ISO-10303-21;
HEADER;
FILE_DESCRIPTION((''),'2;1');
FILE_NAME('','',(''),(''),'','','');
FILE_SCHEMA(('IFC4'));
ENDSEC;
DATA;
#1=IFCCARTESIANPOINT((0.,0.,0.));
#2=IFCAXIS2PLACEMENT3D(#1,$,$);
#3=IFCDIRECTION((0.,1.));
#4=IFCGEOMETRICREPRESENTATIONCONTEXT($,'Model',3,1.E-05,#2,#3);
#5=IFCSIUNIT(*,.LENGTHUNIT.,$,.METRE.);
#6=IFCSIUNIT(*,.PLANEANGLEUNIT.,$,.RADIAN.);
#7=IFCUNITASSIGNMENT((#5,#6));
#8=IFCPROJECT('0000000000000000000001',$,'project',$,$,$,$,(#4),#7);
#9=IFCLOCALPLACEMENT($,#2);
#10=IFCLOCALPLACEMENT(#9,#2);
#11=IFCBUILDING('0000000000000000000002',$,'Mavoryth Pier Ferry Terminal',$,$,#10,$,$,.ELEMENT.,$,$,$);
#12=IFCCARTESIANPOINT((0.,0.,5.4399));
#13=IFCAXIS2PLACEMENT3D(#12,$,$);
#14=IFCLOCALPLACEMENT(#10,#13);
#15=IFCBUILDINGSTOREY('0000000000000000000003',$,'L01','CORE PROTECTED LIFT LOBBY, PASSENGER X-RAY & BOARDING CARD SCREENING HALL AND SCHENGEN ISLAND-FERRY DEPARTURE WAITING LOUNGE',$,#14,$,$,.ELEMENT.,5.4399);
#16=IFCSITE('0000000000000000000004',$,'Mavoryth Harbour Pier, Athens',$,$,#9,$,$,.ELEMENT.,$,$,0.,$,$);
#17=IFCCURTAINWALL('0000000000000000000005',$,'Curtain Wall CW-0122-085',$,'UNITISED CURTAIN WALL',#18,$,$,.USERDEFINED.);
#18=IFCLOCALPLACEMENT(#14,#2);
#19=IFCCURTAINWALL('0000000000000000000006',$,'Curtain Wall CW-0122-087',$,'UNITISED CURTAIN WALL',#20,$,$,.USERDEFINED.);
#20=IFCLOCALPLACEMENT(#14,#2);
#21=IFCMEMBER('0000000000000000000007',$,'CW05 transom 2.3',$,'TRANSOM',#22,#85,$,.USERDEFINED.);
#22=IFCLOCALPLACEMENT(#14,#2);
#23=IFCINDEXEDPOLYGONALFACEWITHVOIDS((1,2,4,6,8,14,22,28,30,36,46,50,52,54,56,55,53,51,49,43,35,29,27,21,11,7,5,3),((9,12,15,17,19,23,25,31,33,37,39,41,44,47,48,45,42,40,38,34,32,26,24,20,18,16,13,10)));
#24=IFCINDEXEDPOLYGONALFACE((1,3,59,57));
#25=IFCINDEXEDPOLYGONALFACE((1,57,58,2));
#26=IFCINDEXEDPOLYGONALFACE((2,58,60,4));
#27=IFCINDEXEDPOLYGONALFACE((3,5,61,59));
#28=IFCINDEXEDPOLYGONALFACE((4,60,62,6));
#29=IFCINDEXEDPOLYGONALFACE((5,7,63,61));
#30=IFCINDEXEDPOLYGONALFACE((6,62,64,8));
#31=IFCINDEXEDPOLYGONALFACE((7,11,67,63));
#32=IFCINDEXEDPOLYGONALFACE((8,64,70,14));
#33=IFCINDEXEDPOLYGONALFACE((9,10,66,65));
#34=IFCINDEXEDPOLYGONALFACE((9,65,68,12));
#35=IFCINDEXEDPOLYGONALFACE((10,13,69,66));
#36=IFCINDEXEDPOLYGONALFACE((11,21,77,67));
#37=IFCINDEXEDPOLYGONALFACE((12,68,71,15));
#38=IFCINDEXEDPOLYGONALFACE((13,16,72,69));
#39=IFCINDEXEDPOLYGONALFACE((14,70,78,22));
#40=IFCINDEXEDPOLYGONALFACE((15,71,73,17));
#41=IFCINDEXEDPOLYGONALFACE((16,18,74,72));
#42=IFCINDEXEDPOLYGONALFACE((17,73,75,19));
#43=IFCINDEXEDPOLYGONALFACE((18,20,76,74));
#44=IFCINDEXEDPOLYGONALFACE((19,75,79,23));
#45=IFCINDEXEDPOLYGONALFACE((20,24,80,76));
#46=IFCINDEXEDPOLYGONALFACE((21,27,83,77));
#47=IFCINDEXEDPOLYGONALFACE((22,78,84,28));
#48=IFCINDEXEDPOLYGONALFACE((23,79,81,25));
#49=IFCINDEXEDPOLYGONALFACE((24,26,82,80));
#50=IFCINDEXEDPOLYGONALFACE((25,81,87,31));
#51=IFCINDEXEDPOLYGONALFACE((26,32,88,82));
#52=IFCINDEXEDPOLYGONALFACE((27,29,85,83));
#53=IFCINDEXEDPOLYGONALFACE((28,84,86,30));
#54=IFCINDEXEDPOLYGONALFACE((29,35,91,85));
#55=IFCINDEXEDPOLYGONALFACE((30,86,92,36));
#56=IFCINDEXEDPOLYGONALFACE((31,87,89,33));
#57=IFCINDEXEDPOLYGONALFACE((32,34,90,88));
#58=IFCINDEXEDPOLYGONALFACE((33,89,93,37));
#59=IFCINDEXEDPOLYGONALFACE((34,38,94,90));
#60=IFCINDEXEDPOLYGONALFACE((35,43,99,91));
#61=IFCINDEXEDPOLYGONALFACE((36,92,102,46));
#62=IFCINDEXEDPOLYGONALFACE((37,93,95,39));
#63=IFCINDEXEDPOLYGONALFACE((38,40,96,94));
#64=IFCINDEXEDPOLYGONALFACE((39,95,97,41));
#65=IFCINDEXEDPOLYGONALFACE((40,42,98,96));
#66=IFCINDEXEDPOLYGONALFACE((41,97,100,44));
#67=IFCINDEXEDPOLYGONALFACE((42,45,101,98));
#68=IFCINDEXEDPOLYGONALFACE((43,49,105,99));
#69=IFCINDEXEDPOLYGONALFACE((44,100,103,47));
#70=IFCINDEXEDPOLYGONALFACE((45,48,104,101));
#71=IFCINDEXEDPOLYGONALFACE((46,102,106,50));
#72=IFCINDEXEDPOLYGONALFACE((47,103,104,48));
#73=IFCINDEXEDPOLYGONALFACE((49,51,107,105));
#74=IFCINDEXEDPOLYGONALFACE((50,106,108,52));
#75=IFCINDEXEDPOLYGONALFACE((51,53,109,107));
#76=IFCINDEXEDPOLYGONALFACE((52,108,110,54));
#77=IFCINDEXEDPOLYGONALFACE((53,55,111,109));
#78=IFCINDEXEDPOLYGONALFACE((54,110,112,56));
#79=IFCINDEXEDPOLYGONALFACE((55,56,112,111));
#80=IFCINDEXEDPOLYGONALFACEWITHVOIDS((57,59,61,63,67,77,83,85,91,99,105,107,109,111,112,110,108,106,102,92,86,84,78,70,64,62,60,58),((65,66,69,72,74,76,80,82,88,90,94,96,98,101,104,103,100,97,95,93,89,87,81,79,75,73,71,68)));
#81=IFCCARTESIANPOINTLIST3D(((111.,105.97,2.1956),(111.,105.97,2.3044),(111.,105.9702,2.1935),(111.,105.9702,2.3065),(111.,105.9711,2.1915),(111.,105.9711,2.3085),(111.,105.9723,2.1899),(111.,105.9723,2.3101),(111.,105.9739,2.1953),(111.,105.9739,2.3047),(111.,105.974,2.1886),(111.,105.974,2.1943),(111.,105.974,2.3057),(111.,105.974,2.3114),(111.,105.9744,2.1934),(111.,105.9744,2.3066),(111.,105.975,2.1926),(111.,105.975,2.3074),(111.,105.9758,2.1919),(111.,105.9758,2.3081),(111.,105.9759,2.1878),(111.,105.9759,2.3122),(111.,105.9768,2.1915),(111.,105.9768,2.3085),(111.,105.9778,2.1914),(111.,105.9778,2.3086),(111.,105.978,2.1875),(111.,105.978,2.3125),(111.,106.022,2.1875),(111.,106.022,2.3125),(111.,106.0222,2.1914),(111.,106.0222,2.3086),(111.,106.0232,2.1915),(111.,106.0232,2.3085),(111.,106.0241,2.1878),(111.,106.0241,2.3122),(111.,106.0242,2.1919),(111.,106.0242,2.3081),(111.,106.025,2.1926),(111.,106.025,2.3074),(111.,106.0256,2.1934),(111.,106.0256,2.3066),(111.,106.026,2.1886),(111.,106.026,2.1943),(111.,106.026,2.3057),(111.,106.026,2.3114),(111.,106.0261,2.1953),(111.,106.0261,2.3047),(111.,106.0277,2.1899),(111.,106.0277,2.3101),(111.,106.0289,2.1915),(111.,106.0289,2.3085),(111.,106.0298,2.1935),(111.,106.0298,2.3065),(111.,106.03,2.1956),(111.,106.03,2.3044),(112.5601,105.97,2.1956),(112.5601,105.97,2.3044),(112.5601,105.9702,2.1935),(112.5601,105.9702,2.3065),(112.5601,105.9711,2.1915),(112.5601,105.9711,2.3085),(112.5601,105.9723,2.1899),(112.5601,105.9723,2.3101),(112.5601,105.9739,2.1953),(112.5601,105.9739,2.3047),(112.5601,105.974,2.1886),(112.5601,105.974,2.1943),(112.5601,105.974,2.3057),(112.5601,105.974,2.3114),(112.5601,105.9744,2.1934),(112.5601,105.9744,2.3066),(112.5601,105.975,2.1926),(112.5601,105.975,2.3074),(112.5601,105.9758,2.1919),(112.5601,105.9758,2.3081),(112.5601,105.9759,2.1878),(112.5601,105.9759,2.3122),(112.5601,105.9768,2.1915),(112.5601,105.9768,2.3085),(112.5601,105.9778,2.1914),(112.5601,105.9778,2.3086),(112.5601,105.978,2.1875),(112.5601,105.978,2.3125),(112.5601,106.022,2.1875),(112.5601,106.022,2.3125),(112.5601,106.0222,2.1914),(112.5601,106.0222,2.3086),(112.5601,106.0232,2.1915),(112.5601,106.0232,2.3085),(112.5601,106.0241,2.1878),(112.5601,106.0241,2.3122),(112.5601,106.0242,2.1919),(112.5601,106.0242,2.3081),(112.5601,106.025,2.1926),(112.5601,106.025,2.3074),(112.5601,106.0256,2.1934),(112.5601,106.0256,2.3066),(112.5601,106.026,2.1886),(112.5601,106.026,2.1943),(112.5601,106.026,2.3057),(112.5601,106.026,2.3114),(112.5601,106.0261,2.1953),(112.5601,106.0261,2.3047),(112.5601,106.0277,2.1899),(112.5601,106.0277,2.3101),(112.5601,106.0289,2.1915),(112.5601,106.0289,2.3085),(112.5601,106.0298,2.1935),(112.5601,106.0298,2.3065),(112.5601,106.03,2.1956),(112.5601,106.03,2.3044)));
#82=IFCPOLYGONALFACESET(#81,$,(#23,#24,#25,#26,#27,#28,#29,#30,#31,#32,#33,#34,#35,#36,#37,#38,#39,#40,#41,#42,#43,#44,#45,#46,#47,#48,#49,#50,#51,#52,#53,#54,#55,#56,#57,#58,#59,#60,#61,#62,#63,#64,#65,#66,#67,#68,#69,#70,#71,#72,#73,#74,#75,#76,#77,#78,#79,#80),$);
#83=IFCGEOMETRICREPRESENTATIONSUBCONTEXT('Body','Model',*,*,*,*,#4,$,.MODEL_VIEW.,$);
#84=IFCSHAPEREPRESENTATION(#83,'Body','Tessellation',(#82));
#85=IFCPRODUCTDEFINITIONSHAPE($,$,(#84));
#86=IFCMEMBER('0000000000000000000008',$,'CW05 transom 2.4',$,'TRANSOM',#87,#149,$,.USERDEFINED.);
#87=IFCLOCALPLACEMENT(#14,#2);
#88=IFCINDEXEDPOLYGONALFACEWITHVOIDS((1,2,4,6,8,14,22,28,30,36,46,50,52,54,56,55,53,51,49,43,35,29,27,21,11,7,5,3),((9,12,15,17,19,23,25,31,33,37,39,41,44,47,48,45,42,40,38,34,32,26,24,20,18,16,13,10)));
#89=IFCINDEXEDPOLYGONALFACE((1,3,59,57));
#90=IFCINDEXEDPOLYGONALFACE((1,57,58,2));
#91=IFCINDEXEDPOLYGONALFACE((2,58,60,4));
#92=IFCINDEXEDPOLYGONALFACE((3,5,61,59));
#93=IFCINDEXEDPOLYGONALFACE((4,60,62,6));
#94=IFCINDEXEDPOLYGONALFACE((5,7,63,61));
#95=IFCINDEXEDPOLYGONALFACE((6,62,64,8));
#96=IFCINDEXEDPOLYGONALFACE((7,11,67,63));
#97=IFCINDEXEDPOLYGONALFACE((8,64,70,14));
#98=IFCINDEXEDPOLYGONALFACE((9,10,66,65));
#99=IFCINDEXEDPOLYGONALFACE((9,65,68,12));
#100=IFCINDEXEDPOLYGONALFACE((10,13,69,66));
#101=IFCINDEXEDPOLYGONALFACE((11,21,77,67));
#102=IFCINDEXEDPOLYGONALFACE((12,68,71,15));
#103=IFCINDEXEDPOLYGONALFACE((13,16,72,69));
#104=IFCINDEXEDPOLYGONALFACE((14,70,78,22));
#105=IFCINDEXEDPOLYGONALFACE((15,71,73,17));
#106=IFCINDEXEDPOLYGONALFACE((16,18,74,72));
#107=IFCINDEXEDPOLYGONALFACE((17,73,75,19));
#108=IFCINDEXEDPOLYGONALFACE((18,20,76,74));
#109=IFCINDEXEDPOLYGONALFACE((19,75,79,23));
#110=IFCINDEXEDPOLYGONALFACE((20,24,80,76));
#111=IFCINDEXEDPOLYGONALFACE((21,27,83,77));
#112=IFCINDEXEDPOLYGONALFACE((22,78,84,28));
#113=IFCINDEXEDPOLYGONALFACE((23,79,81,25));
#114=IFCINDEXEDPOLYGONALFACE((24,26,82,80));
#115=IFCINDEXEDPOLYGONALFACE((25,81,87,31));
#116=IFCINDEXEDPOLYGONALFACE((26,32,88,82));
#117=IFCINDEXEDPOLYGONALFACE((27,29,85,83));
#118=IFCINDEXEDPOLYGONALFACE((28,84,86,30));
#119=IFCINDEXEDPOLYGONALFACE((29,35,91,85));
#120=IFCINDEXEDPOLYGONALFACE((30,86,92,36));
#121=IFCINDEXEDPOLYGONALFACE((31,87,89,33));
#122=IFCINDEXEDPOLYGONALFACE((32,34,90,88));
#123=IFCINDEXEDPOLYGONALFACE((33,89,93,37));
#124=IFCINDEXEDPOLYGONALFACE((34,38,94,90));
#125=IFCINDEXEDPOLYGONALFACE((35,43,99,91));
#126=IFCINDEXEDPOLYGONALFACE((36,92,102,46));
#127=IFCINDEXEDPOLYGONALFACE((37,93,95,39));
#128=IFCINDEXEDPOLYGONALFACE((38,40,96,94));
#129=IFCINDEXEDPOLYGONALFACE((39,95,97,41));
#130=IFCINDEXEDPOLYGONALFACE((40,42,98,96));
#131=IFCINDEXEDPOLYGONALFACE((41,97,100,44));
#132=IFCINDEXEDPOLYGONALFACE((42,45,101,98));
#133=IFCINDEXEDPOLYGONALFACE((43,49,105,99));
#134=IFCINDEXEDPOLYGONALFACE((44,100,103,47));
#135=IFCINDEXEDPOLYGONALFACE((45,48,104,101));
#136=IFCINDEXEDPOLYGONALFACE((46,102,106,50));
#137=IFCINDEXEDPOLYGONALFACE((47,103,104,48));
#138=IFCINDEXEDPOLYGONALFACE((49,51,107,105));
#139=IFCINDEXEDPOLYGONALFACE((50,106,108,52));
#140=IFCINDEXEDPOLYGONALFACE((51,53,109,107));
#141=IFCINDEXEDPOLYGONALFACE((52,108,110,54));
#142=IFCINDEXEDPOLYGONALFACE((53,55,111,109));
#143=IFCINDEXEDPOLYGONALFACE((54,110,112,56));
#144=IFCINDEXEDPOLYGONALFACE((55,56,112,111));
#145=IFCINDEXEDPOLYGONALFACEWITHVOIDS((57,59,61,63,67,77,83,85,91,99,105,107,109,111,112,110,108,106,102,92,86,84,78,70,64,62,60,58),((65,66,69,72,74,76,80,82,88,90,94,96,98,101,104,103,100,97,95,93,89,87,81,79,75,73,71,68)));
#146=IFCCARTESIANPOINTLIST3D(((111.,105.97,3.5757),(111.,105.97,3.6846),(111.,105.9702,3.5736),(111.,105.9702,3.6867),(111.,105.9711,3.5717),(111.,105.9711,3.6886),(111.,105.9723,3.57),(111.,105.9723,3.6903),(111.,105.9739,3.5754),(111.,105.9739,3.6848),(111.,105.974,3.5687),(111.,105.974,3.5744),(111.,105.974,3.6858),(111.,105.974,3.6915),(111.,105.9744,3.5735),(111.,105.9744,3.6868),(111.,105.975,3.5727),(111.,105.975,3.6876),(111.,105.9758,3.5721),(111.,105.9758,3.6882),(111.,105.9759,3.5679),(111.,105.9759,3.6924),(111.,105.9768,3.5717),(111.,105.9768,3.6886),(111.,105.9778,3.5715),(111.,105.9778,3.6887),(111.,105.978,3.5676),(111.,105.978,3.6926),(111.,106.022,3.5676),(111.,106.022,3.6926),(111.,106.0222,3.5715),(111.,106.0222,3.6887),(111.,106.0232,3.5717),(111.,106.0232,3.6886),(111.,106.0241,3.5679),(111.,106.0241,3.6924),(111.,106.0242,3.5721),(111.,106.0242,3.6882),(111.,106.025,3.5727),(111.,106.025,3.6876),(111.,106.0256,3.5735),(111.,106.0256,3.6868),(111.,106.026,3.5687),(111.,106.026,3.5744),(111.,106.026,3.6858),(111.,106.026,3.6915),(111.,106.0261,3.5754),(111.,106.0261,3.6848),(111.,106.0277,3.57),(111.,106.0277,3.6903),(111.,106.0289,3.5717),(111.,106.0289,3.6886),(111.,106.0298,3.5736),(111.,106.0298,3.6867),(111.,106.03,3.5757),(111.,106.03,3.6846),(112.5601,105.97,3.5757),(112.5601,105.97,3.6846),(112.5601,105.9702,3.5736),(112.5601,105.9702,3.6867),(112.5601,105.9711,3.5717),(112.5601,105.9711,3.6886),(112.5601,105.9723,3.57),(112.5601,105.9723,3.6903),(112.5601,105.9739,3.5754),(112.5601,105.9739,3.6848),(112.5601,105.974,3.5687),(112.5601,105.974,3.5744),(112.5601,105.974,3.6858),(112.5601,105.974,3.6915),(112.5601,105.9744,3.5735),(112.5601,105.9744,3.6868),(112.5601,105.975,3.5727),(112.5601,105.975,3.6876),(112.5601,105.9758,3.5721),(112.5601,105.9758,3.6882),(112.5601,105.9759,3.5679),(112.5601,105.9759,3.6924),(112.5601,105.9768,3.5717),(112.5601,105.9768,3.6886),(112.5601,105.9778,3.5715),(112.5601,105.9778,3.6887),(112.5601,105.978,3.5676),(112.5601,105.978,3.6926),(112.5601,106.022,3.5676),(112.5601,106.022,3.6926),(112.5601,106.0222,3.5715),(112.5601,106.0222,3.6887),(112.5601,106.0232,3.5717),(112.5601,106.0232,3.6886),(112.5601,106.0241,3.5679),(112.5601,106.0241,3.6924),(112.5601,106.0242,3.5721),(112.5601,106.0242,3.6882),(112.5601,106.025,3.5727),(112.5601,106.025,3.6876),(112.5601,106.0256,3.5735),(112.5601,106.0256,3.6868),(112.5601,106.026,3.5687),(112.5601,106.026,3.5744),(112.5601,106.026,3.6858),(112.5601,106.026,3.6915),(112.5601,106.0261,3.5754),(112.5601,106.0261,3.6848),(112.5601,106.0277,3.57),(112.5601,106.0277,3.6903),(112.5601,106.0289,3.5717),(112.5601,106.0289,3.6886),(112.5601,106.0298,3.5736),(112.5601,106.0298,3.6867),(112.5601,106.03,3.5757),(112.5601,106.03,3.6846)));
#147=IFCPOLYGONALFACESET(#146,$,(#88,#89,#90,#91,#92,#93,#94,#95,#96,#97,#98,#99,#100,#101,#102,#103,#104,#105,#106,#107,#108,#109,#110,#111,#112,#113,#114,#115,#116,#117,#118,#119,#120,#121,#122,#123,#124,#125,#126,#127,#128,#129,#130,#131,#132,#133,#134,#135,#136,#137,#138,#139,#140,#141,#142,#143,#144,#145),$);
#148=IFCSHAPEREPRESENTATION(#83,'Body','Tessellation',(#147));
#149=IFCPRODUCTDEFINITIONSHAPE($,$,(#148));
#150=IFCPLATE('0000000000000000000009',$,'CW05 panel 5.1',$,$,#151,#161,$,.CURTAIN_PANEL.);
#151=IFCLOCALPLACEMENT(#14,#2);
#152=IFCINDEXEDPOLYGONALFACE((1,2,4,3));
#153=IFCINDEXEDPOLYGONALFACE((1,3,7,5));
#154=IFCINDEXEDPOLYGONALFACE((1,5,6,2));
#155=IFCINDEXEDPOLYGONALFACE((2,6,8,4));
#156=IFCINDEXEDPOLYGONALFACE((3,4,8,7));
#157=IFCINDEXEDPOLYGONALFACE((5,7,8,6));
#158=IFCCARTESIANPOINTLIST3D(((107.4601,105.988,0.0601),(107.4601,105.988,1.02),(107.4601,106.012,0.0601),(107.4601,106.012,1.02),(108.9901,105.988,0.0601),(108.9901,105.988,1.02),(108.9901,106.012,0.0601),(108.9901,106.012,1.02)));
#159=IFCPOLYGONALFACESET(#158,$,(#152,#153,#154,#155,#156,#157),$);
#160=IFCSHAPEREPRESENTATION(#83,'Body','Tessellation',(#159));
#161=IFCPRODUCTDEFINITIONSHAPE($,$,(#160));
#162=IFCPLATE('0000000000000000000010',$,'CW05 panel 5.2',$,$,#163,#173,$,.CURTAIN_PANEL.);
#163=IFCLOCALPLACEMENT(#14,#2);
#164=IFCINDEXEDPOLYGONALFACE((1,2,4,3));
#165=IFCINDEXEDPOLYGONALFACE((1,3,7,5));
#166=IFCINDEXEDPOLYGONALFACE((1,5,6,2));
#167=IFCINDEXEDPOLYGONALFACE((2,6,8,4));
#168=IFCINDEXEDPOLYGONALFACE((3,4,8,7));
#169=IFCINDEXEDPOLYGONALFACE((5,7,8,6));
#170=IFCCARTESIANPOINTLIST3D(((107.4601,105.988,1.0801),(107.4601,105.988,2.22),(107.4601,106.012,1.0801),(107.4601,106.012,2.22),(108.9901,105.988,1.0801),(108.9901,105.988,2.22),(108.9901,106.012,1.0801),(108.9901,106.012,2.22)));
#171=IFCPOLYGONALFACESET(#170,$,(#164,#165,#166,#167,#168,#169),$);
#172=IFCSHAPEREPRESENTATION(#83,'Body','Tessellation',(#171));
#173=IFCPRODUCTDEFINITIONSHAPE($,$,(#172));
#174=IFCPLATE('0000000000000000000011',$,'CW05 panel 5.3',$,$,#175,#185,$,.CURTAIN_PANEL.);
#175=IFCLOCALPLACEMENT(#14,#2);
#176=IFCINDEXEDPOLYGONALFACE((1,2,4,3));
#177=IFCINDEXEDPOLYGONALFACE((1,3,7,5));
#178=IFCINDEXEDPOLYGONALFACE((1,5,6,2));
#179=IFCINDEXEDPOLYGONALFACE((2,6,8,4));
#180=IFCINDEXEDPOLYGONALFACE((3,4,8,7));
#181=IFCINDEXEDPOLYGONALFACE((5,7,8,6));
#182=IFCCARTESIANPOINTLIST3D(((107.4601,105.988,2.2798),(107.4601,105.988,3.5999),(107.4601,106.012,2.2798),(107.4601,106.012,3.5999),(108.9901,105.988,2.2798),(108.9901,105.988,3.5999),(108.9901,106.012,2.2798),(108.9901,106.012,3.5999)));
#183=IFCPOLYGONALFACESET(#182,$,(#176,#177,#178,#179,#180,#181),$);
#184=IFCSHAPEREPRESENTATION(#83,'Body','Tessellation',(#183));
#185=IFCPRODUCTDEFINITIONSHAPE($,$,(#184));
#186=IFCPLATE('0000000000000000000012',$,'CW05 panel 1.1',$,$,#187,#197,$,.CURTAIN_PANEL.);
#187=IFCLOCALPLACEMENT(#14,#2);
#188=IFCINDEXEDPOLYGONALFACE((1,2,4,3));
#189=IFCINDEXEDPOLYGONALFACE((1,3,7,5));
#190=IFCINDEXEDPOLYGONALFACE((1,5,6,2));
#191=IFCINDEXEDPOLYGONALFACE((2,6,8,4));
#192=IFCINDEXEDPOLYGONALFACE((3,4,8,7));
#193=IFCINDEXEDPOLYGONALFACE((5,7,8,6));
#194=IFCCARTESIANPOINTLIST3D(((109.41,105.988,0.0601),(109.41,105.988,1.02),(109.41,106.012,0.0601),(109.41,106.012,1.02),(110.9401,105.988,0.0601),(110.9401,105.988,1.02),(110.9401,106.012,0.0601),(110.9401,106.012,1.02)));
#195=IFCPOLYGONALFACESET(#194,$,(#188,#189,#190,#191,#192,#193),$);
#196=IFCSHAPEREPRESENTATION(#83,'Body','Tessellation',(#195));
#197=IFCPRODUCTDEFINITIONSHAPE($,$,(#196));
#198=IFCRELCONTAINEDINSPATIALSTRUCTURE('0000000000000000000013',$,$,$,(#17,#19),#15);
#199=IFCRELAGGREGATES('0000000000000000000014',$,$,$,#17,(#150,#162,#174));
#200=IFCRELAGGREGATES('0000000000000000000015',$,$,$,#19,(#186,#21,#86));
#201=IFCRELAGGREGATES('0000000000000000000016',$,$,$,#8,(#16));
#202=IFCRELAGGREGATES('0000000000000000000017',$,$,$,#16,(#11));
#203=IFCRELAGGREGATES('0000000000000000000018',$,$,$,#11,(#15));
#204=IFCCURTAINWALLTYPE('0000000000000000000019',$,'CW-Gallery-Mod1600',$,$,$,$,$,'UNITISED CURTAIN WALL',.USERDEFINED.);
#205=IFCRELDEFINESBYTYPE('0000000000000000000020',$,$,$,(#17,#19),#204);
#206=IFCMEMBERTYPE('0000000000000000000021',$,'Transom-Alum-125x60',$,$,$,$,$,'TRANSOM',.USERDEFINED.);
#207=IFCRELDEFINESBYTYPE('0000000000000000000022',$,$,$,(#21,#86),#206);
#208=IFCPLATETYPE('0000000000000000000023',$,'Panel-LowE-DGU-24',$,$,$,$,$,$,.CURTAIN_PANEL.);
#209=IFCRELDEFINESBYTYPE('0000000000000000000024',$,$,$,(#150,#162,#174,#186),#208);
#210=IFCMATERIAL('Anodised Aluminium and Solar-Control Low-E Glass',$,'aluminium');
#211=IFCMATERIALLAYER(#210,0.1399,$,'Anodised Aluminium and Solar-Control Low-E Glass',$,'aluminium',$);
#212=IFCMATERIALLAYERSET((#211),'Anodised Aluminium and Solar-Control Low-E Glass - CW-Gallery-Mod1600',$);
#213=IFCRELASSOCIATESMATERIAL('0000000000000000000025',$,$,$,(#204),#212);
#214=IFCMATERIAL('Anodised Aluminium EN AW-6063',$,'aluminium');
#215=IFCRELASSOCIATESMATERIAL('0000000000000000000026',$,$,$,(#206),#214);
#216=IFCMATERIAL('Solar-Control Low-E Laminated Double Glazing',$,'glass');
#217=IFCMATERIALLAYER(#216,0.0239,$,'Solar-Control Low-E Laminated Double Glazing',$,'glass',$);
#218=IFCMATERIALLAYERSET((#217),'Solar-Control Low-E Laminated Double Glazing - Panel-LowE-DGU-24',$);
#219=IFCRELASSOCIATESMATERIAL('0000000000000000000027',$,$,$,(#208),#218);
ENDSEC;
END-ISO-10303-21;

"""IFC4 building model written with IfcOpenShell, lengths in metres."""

from ifc_helpers import new_model, si_unit, direction, frame, origin, origin_2d, place, context, subcontext, project, spatial, rectangle, hollow_rectangle, extrude, material, layer, layer_set, material_profile, profile_set, type_object, element, aggregate, save


model = new_model("IFC4")

# Units and contexts
model_context = context("Model", 3, precision=1e-05, world=origin(), true_north=direction((0.0, 1.0)))
body_context = subcontext(model_context, "Body", "Model", "MODEL_VIEW")
ifc_project = project(units=[si_unit("LENGTHUNIT", "METRE"), si_unit("PLANEANGLEUNIT", "RADIAN")], contexts=[model_context])

# Site, building, storey
site_placement = place(None, origin())
site = spatial("IfcSite", under=ifc_project, at=site_placement, Name="Mavoryth Harbour Pier, Athens", CompositionType="ELEMENT", RefElevation=0.0)
building_placement = place(site_placement, origin())
building = spatial("IfcBuilding", under=site, at=building_placement, Name="Mavoryth Pier Ferry Terminal", CompositionType="ELEMENT")
storey_placement = place(building_placement, frame((0.0, 0.0, 5.4399)))
storey = spatial("IfcBuildingStorey", under=building, at=storey_placement, Name="L01", Description="CORE PROTECTED LIFT LOBBY, PASSENGER X-RAY & BOARDING CARD SCREENING HALL AND SCHENGEN ISLAND-FERRY DEPARTURE WAITING LOUNGE", CompositionType="ELEMENT", Elevation=5.4399)

# Curtain walls
ifc_material_1 = material(Name="Anodised Aluminium and Solar-Control Low-E Glass", Category="aluminium")
ifc_layer_1 = layer(ifc_material_1, 0.1399, Name="Anodised Aluminium and Solar-Control Low-E Glass", Category="aluminium")
ifc_layer_set_1 = layer_set([ifc_layer_1], Name="Anodised Aluminium and Solar-Control Low-E Glass - CW-Gallery-Mod1600")
curtain_wall_type = type_object("IfcCurtainWallType", Name="CW-Gallery-Mod1600", ElementType="UNITISED CURTAIN WALL", PredefinedType="USERDEFINED", material=ifc_layer_set_1)
curtain_wall_1_placement = place(storey_placement, origin())
curtain_wall_1 = element("IfcCurtainWall", 1, at=curtain_wall_1_placement, inside=storey, type_object=curtain_wall_type, Name="Curtain Wall CW-0122-085", ObjectType="UNITISED CURTAIN WALL", PredefinedType="USERDEFINED")
ifc_material_2 = material(Name="Anodised Aluminium EN AW-6063", Category="aluminium")
curtain_wall_2_placement = place(storey_placement, origin())
curtain_wall_2 = element("IfcCurtainWall", 2, at=curtain_wall_2_placement, inside=storey, type_object=curtain_wall_type, Name="Curtain Wall CW-0122-087", ObjectType="UNITISED CURTAIN WALL", PredefinedType="USERDEFINED")

# Members
ifc_material_profile_1 = material_profile(ifc_material_2, hollow_rectangle(XDim=0.0601, YDim=0.125, WallThickness=0.0039, InnerFilletRadius=0.0039, OuterFilletRadius=0.0081, at=origin_2d()), Name="AL-TRAN 125x60x4", Category="aluminium")
ifc_profile_set_1 = profile_set([ifc_material_profile_1], Name="Anodised Aluminium EN AW-6063 - AL-TRAN 125x60x4")
member_type_1 = type_object("IfcMemberType", Name="Transom-Alum-125x60", ElementType="TRANSOM", PredefinedType="USERDEFINED", material=ifc_profile_set_1)
member_1_placement = place(storey_placement, frame((111.0, 106.0, 2.25), z_axis=(1.0, 0.0, 0.0), x_axis=(0.0, 1.0, 0.0)))
member_1 = element("IfcMember", 3, at=member_1_placement, type_object=member_type_1, Name="CW05 transom 2.3", ObjectType="TRANSOM", PredefinedType="USERDEFINED", context=body_context, shape_type="SweptSolid", body=[
    extrude(hollow_rectangle(XDim=0.0601, YDim=0.125, WallThickness=0.0039, InnerFilletRadius=0.0039, OuterFilletRadius=0.0081, at=origin_2d()), origin(), (0.0, 0.0, 1.0), 1.5601),
])
member_2_placement = place(storey_placement, frame((111.0, 106.0, 3.6301), z_axis=(1.0, 0.0, 0.0), x_axis=(0.0, 1.0, 0.0)))
member_2 = element("IfcMember", 4, at=member_2_placement, type_object=member_type_1, Name="CW05 transom 2.4", ObjectType="TRANSOM", PredefinedType="USERDEFINED", context=body_context, shape_type="SweptSolid", body=[
    extrude(hollow_rectangle(XDim=0.0601, YDim=0.125, WallThickness=0.0039, InnerFilletRadius=0.0039, OuterFilletRadius=0.0081, at=origin_2d()), origin(), (0.0, 0.0, 1.0), 1.5601),
])

# Plates
ifc_material_3 = material(Name="Solar-Control Low-E Laminated Double Glazing", Category="glass")
ifc_layer_2 = layer(ifc_material_3, 0.0239, Name="Solar-Control Low-E Laminated Double Glazing", Category="glass")
ifc_layer_set_2 = layer_set([ifc_layer_2], Name="Solar-Control Low-E Laminated Double Glazing - Panel-LowE-DGU-24")
plate_type_1 = type_object("IfcPlateType", Name="Panel-LowE-DGU-24", PredefinedType="CURTAIN_PANEL", material=ifc_layer_set_2)
plate_1_placement = place(storey_placement, frame((108.2251, 106.0, 0.0601), z_axis=(0.0, 0.0, 1.0), x_axis=(1.0, 0.0, 0.0)))
plate_1 = element("IfcPlate", 5, at=plate_1_placement, type_object=plate_type_1, Name="CW05 panel 5.1", PredefinedType="CURTAIN_PANEL", context=body_context, shape_type="SweptSolid", body=[
    extrude(rectangle(XDim=1.53, YDim=0.0239, at=origin_2d()), origin(), (0.0, 0.0, 1.0), 0.96),
])
plate_2_placement = place(storey_placement, frame((108.2251, 106.0, 1.0801), z_axis=(0.0, 0.0, 1.0), x_axis=(1.0, 0.0, 0.0)))
plate_2 = element("IfcPlate", 6, at=plate_2_placement, type_object=plate_type_1, Name="CW05 panel 5.2", PredefinedType="CURTAIN_PANEL", context=body_context, shape_type="SweptSolid", body=[
    extrude(rectangle(XDim=1.53, YDim=0.0239, at=origin_2d()), origin(), (0.0, 0.0, 1.0), 1.1399),
])
plate_3_placement = place(storey_placement, frame((108.2251, 106.0, 2.2798), z_axis=(0.0, 0.0, 1.0), x_axis=(1.0, 0.0, 0.0)))
plate_3 = element("IfcPlate", 7, at=plate_3_placement, type_object=plate_type_1, Name="CW05 panel 5.3", PredefinedType="CURTAIN_PANEL", context=body_context, shape_type="SweptSolid", body=[
    extrude(rectangle(XDim=1.53, YDim=0.0239, at=origin_2d()), origin(), (0.0, 0.0, 1.0), 1.3201),
])
aggregate(curtain_wall_1, [plate_1, plate_2, plate_3])
plate_4_placement = place(storey_placement, frame((110.175, 106.0, 0.0601), z_axis=(0.0, 0.0, 1.0), x_axis=(1.0, 0.0, 0.0)))
plate_4 = element("IfcPlate", 8, at=plate_4_placement, type_object=plate_type_1, Name="CW05 panel 1.1", PredefinedType="CURTAIN_PANEL", context=body_context, shape_type="SweptSolid", body=[
    extrude(rectangle(XDim=1.53, YDim=0.0239, at=origin_2d()), origin(), (0.0, 0.0, 1.0), 0.96),
])
aggregate(curtain_wall_2, [plate_4, member_1, member_2])

save(model, "model.ifc")
